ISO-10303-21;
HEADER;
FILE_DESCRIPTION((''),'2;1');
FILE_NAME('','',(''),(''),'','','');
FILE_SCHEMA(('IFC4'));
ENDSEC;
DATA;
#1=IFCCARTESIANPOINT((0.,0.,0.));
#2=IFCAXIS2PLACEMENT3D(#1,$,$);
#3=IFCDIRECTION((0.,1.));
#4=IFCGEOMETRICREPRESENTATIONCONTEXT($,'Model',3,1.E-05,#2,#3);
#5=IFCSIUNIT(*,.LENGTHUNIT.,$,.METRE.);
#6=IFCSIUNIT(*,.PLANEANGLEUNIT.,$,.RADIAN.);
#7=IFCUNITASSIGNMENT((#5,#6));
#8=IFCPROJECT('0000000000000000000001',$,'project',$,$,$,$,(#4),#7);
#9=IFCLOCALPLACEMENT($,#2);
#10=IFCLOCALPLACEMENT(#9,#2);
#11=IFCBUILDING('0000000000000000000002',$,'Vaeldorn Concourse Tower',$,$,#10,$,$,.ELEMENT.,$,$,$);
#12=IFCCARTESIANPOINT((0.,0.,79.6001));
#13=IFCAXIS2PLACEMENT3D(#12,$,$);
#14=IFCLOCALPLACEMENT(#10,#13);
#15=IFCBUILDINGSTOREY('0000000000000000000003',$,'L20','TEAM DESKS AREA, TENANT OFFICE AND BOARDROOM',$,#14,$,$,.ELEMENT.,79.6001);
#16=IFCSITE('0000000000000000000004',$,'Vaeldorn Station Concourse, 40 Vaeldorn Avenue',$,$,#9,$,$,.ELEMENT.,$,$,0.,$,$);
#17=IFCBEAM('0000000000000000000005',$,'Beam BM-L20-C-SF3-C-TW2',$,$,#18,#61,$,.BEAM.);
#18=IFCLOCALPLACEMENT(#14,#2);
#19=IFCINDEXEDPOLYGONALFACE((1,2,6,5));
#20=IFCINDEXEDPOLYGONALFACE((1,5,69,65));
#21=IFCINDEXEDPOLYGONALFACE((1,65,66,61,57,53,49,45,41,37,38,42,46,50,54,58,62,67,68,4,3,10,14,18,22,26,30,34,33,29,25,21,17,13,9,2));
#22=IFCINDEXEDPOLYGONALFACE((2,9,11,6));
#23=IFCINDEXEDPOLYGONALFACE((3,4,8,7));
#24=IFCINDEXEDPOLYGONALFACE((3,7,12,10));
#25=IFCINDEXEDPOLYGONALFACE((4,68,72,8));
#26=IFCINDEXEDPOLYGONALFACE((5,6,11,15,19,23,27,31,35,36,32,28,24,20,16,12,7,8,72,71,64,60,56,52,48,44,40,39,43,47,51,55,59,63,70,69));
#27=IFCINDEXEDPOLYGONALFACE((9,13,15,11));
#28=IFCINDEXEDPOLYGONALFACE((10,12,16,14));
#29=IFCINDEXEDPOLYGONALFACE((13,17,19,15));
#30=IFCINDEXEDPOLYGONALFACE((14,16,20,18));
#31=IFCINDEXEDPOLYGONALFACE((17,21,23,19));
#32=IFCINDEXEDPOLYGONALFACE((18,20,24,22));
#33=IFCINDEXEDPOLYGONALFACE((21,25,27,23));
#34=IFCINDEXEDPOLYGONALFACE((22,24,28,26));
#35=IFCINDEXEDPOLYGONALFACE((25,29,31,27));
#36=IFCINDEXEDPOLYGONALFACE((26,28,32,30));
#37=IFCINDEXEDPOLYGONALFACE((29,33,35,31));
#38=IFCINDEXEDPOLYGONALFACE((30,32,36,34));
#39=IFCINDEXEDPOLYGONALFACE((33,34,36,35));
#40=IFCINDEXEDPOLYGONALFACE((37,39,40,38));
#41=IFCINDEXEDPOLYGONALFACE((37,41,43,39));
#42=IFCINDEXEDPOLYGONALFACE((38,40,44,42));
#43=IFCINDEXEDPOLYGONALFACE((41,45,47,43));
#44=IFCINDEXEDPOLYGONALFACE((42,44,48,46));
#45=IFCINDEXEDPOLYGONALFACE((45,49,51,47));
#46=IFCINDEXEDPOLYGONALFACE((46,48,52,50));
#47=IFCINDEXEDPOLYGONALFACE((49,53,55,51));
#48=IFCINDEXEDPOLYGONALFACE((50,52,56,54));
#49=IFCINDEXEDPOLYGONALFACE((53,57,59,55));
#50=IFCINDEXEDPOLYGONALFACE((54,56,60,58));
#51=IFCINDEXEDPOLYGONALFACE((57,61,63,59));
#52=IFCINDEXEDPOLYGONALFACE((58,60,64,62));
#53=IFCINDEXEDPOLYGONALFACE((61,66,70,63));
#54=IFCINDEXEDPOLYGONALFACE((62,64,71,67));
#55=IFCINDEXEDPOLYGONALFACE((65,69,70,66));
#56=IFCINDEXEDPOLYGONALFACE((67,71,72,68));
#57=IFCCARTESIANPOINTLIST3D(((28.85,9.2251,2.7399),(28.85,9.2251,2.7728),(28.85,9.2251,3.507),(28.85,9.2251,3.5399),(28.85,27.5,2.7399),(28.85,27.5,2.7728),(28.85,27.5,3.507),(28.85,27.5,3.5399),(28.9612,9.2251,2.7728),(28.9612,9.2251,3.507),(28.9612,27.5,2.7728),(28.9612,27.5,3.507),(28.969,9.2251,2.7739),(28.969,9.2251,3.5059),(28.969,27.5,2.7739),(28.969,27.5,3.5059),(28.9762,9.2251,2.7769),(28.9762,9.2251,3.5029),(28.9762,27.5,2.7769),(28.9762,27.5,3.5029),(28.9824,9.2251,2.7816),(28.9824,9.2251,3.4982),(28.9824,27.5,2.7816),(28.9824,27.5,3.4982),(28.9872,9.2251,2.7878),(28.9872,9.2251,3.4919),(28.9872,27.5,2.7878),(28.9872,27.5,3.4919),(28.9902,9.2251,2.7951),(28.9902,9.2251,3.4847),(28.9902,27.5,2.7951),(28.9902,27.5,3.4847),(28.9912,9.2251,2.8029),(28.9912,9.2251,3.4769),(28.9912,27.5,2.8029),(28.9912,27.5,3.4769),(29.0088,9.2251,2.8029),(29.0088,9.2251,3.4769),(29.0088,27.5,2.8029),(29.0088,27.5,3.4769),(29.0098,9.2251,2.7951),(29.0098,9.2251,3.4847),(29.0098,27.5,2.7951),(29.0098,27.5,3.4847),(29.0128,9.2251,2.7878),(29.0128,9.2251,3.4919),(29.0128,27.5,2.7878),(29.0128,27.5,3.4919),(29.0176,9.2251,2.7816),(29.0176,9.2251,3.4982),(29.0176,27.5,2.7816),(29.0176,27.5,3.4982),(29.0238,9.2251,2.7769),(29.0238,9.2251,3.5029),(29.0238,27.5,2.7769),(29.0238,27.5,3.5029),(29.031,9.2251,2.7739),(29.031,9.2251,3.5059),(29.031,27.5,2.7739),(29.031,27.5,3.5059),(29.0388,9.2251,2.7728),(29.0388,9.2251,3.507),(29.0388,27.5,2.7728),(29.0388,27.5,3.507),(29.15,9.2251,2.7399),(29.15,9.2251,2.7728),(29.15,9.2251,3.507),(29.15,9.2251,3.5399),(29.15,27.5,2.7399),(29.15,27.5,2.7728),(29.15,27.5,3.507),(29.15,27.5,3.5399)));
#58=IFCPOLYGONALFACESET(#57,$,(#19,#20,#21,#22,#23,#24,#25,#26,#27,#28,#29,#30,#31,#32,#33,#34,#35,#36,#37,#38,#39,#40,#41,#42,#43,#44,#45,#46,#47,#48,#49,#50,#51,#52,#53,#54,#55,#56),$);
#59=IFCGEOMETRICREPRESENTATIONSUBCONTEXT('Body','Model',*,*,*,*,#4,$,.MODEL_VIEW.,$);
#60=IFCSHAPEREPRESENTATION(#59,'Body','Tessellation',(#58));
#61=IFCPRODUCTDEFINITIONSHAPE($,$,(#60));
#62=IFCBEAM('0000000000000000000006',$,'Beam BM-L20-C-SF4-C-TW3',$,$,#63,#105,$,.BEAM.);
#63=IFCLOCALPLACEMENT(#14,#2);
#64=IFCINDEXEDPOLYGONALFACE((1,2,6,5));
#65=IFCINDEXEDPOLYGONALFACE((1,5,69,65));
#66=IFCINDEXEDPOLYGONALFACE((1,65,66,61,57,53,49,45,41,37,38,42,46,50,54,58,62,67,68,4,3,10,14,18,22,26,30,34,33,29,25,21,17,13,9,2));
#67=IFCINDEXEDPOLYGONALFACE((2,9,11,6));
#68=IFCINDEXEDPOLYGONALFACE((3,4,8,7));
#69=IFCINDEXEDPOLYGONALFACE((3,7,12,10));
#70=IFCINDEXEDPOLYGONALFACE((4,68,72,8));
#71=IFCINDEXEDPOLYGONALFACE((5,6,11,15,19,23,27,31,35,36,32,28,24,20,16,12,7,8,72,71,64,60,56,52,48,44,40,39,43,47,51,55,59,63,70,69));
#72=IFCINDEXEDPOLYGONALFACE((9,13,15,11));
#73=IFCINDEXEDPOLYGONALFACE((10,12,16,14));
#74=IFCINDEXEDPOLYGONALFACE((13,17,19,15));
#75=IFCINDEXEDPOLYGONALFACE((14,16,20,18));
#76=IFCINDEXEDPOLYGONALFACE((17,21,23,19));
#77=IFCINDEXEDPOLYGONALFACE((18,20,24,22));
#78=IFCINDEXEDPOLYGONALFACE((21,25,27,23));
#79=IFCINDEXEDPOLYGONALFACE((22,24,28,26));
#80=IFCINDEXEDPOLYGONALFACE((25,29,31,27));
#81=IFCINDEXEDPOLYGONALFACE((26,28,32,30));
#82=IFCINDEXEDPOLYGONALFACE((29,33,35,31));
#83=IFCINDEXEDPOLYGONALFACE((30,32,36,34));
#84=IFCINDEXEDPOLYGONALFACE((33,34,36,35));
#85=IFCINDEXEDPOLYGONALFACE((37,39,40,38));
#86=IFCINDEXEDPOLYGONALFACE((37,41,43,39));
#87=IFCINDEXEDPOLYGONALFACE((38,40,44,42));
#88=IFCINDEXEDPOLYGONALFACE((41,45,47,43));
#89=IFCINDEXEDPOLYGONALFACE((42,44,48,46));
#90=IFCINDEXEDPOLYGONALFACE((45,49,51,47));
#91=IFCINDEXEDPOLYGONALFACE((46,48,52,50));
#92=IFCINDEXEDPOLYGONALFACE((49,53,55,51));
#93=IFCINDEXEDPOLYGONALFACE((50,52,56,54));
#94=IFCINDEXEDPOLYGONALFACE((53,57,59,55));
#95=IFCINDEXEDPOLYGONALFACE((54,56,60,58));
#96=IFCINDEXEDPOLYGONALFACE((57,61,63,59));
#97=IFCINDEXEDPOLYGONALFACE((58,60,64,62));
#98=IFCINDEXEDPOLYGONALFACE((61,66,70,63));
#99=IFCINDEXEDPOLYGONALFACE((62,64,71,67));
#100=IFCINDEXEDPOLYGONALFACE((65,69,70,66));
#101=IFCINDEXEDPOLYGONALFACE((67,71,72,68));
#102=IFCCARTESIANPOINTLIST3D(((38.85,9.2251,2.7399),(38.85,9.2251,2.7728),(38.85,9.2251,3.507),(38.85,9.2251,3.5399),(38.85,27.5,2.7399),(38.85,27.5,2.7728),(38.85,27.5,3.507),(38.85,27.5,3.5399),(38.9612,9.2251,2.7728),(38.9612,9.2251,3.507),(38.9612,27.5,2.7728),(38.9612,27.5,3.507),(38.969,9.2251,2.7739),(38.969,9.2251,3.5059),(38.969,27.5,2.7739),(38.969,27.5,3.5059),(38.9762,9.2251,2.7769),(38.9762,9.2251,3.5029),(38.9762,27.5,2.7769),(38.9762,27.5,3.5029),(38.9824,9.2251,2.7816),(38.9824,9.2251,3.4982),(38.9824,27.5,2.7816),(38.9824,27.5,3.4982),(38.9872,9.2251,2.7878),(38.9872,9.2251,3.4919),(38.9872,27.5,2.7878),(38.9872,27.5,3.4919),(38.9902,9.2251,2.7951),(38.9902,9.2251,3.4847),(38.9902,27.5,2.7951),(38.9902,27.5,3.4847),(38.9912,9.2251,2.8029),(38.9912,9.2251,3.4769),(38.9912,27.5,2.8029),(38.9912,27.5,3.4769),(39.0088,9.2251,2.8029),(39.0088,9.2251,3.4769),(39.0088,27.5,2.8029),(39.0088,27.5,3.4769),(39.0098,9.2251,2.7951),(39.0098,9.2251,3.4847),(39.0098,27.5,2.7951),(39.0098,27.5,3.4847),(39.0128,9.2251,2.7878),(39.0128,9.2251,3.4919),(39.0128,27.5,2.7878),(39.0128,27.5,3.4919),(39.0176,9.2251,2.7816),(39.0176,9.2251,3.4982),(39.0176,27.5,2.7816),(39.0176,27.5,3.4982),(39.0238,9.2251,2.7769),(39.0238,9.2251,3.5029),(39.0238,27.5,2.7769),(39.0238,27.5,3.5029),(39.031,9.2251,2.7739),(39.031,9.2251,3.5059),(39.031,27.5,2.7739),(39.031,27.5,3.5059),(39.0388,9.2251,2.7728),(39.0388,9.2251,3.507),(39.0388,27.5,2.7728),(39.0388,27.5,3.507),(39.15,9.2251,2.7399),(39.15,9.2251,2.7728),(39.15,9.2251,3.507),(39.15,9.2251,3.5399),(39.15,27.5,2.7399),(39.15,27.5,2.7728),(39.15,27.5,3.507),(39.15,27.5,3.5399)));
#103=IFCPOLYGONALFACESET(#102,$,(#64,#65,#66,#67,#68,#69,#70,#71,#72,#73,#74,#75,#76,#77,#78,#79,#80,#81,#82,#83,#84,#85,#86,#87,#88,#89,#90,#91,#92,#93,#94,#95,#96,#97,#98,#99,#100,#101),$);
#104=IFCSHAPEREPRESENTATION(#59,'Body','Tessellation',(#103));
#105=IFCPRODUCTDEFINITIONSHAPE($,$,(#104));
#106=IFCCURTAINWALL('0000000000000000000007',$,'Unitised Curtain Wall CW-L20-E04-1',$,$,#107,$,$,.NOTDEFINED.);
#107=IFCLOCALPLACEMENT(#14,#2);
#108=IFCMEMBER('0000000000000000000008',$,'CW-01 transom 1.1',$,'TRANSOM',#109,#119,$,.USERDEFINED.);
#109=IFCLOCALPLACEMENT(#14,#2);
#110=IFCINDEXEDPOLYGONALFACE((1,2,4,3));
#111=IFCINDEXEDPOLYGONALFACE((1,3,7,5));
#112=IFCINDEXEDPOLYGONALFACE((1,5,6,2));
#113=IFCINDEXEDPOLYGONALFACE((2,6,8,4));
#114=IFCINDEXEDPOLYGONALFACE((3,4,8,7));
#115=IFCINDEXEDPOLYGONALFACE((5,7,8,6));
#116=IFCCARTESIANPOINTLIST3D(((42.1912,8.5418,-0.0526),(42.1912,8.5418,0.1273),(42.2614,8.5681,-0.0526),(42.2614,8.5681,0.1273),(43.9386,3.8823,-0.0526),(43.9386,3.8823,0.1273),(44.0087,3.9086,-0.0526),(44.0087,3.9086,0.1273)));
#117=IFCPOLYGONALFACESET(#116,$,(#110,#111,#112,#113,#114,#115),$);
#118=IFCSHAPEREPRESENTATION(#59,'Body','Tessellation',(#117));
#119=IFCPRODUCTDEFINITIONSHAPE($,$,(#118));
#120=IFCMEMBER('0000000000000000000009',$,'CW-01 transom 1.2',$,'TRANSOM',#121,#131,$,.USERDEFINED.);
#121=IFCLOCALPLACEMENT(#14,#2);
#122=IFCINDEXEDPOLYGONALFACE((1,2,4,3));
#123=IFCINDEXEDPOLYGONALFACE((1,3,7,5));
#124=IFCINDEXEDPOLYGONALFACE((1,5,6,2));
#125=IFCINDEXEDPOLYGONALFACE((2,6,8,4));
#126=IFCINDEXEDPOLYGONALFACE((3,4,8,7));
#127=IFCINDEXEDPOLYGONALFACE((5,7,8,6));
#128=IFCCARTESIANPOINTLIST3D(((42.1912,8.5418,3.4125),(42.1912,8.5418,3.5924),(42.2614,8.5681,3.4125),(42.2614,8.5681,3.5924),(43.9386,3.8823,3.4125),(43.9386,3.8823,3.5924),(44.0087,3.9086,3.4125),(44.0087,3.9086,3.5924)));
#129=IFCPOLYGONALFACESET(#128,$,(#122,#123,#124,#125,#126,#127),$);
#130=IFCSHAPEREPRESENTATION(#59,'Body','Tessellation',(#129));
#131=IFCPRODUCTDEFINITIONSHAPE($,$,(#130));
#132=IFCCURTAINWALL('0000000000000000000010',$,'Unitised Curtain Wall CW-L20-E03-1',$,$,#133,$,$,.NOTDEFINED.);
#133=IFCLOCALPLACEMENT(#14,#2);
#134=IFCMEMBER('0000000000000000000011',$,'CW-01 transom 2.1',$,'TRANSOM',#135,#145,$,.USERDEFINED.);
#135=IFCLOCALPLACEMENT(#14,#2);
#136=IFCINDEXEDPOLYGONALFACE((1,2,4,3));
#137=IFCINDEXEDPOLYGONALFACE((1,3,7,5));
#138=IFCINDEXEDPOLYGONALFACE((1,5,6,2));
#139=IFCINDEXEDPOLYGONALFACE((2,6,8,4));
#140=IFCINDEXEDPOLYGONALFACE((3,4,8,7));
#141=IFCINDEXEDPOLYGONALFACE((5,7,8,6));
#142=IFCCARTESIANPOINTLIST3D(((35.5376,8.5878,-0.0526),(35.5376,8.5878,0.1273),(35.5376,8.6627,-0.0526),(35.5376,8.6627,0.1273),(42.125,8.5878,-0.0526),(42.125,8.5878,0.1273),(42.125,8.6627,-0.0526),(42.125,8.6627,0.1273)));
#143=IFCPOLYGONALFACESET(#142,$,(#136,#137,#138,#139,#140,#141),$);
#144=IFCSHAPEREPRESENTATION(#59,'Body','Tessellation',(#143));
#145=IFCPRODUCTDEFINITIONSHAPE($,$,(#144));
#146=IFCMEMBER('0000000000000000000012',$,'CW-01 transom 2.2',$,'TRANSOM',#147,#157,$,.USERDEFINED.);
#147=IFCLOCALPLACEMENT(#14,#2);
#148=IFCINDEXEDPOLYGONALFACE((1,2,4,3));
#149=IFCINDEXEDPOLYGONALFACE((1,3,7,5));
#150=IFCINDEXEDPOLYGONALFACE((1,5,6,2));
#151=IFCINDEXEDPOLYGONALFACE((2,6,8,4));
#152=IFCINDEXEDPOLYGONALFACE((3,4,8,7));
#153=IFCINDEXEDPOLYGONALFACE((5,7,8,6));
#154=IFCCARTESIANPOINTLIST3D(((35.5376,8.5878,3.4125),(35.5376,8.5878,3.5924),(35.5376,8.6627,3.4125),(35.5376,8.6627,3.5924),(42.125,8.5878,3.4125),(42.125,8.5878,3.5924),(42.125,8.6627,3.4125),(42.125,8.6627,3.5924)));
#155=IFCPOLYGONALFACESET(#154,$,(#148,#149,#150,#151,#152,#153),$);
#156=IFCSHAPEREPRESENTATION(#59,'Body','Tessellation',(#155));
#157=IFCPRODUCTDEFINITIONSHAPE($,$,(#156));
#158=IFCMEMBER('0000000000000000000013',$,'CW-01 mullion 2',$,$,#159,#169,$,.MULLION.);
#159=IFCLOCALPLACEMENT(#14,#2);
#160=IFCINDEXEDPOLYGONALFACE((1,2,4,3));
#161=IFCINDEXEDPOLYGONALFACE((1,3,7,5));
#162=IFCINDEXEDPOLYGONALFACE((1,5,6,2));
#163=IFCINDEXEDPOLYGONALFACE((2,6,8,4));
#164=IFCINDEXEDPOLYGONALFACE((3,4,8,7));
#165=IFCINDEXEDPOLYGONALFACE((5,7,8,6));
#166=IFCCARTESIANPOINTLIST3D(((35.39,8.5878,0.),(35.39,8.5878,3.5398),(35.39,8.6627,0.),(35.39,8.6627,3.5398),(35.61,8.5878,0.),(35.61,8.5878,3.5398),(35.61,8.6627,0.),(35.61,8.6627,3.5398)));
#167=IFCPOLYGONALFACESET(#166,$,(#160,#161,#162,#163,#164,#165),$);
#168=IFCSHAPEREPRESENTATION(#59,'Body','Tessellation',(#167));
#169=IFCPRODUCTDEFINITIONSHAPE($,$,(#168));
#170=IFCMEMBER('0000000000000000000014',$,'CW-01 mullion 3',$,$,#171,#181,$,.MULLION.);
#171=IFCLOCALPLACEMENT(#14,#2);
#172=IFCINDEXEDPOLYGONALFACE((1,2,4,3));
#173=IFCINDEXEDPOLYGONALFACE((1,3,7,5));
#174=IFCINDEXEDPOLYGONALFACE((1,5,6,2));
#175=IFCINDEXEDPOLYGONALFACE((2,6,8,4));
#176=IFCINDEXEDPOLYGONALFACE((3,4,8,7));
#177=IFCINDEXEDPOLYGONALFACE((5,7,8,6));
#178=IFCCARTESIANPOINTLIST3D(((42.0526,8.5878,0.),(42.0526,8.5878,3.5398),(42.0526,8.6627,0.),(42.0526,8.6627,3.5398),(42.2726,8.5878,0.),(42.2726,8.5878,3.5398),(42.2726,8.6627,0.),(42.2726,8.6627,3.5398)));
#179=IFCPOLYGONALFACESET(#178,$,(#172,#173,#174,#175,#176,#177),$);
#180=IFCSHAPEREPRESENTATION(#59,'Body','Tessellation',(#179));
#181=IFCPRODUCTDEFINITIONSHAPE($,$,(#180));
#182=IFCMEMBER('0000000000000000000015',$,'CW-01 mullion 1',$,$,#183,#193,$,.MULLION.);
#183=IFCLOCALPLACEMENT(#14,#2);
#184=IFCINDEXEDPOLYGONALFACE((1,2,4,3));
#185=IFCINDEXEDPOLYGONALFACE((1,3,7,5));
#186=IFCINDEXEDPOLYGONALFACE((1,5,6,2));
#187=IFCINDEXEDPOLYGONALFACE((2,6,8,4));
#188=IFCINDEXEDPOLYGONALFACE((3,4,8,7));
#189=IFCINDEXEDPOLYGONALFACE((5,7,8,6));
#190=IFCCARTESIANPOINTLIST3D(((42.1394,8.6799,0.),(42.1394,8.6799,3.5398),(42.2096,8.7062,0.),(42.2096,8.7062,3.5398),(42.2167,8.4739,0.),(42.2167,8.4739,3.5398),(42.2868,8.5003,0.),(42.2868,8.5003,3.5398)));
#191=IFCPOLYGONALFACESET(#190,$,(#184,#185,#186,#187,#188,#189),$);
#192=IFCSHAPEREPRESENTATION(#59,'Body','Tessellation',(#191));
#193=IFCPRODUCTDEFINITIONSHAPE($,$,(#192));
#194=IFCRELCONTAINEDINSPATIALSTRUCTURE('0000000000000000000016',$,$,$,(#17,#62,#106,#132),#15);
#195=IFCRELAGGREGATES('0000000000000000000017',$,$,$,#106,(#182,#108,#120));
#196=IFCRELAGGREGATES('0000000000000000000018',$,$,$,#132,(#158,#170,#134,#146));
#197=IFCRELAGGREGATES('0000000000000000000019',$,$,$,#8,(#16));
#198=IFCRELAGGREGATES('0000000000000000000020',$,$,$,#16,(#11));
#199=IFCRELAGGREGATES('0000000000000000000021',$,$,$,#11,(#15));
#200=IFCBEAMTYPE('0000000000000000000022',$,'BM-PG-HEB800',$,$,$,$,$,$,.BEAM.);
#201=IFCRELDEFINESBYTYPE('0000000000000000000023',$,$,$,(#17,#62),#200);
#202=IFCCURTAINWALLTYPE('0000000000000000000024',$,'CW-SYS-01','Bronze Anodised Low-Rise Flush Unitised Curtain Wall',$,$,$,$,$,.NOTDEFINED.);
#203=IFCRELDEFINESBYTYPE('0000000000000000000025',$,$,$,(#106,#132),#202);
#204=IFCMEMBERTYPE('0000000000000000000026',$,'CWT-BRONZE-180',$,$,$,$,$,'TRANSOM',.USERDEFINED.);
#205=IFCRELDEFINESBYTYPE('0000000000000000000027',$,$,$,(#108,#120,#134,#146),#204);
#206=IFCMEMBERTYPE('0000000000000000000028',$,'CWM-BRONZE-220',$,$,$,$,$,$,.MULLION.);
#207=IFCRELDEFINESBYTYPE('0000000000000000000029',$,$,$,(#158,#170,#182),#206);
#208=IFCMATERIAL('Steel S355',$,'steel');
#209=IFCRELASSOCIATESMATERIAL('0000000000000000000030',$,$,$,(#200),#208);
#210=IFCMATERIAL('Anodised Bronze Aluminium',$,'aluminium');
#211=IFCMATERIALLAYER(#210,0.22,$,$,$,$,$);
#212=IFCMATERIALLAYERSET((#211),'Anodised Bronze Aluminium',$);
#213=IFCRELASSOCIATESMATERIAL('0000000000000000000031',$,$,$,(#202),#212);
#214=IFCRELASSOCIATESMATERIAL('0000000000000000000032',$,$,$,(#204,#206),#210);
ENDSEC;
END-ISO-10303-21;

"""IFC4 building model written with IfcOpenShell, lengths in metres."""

from ifc_helpers import new_model, si_unit, direction, frame, origin, origin_2d, place, context, subcontext, project, spatial, rectangle, i_section, extrude, source, transform, mapped, material, layer, layer_set, material_profile, profile_set, type_object, element, aggregate, save


model = new_model("IFC4")

# Units and contexts
model_context = context("Model", 3, precision=1e-05, world=origin(), true_north=direction((0.0, 1.0)))
body_context = subcontext(model_context, "Body", "Model", "MODEL_VIEW")
ifc_project = project(units=[si_unit("LENGTHUNIT", "METRE"), si_unit("PLANEANGLEUNIT", "RADIAN")], contexts=[model_context])

# Site, building, storey
site_placement = place(None, origin())
site = spatial("IfcSite", under=ifc_project, at=site_placement, Name="Vaeldorn Station Concourse, 40 Vaeldorn Avenue", CompositionType="ELEMENT", RefElevation=0.0)
building_placement = place(site_placement, origin())
building = spatial("IfcBuilding", under=site, at=building_placement, Name="Vaeldorn Concourse Tower", CompositionType="ELEMENT")
storey_placement = place(building_placement, frame((0.0, 0.0, 79.6001)))
storey = spatial("IfcBuildingStorey", under=building, at=storey_placement, Name="L20", Description="TEAM DESKS AREA, TENANT OFFICE AND BOARDROOM", CompositionType="ELEMENT", Elevation=79.6001)

# Beams
ifc_material_1 = material(Name="Steel S355", Category="steel")
ifc_material_profile_1 = material_profile(ifc_material_1, i_section(OverallWidth=0.3, OverallDepth=0.8, WebThickness=0.0176, FlangeThickness=0.033, FilletRadius=0.03, at=origin_2d()), Name="HEB 800")
ifc_profile_set_1 = profile_set([ifc_material_profile_1], Name="Steel S355")
beam_type_1 = type_object("IfcBeamType", Name="BM-PG-HEB800", PredefinedType="BEAM", material=ifc_profile_set_1)
shared_shape_1 = source(origin(), body_context, "Body", "SweptSolid", [
    extrude(i_section(OverallWidth=0.3, OverallDepth=0.8, WebThickness=0.0176, FlangeThickness=0.033, FilletRadius=0.03, at=origin_2d()), origin(), (0.0, 0.0, 1.0), 18.2749),
])
for number, where, z_axis, x_axis, name in (
    (1, (29.0, 9.2251, 3.1399), (0.0, 1.0, 0.0), (-1.0, 0.0, 0.0), "Beam BM-L20-C-SF3-C-TW2"),
    (2, (39.0, 9.2251, 3.1399), (0.0, 1.0, 0.0), (-1.0, 0.0, 0.0), "Beam BM-L20-C-SF4-C-TW3"),
):
    element("IfcBeam", number, at=place(storey_placement, frame(where, z_axis=z_axis, x_axis=x_axis)), inside=storey, type_object=beam_type_1, Name=name, PredefinedType="BEAM", context=body_context, shape_type="MappedRepresentation", body=[
        mapped(shared_shape_1, transform((0.0, 0.0, 0.0), scale=1.0)),
    ])

# Curtain walls, members
ifc_material_2 = material(Name="Anodised Bronze Aluminium", Category="aluminium")
ifc_layer_1 = layer(ifc_material_2, 0.22)
ifc_layer_set_1 = layer_set([ifc_layer_1], Name="Anodised Bronze Aluminium")
curtain_wall_type = type_object("IfcCurtainWallType", Name="CW-SYS-01", Description="Bronze Anodised Low-Rise Flush Unitised Curtain Wall", PredefinedType="NOTDEFINED", material=ifc_layer_set_1)
curtain_wall_1_placement = place(storey_placement, origin())
curtain_wall_1 = element("IfcCurtainWall", 3, at=curtain_wall_1_placement, inside=storey, type_object=curtain_wall_type, Name="Unitised Curtain Wall CW-L20-E04-1", PredefinedType="NOTDEFINED")
ifc_material_profile_2 = material_profile(ifc_material_2, rectangle(XDim=0.075, YDim=0.1799, at=origin_2d()), Name="CWT 75x180")
ifc_profile_set_2 = profile_set([ifc_material_profile_2], Name="Anodised Bronze Aluminium")
member_type_1 = type_object("IfcMemberType", Name="CWT-BRONZE-180", ElementType="TRANSOM", PredefinedType="USERDEFINED", material=ifc_profile_set_2)
shared_shape_2 = source(origin(), body_context, "Body", "SweptSolid", [
    extrude(rectangle(XDim=0.075, YDim=0.1799, at=origin_2d()), origin(), (0.0, 0.0, 1.0), 4.9763),
])
member_1_placement = place(storey_placement, frame((42.2263, 8.5549, 0.0374), z_axis=(0.351129, -0.936327, 0.0), x_axis=(0.936327, 0.351129, 0.0)))
member_1 = element("IfcMember", 4, at=member_1_placement, type_object=member_type_1, Name="CW-01 transom 1.1", ObjectType="TRANSOM", PredefinedType="USERDEFINED", context=body_context, shape_type="MappedRepresentation", body=[
    mapped(shared_shape_2, transform((0.0, 0.0, 0.0), scale=1.0)),
])
member_2_placement = place(storey_placement, frame((42.2263, 8.5549, 3.5024), z_axis=(0.351129, -0.936327, 0.0), x_axis=(0.936327, 0.351129, 0.0)))
member_2 = element("IfcMember", 5, at=member_2_placement, type_object=member_type_1, Name="CW-01 transom 1.2", ObjectType="TRANSOM", PredefinedType="USERDEFINED", context=body_context, shape_type="MappedRepresentation", body=[
    mapped(shared_shape_2, transform((0.0, 0.0, 0.0), scale=1.0)),
])
curtain_wall_2_placement = place(storey_placement, origin())
curtain_wall_2 = element("IfcCurtainWall", 6, at=curtain_wall_2_placement, inside=storey, type_object=curtain_wall_type, Name="Unitised Curtain Wall CW-L20-E03-1", PredefinedType="NOTDEFINED")
shared_shape_3 = source(origin(), body_context, "Body", "SweptSolid", [
    extrude(rectangle(XDim=0.075, YDim=0.1799, at=origin_2d()), origin(), (0.0, 0.0, 1.0), 6.5874),
])
member_3_placement = place(storey_placement, frame((35.5376, 8.6252, 0.0374), z_axis=(1.0, 0.0, 0.0), x_axis=(0.0, 1.0, 0.0)))
member_3 = element("IfcMember", 7, at=member_3_placement, type_object=member_type_1, Name="CW-01 transom 2.1", ObjectType="TRANSOM", PredefinedType="USERDEFINED", context=body_context, shape_type="MappedRepresentation", body=[
    mapped(shared_shape_3, transform((0.0, 0.0, 0.0), scale=1.0)),
])
member_4_placement = place(storey_placement, frame((35.5376, 8.6252, 3.5024), z_axis=(1.0, 0.0, 0.0), x_axis=(0.0, 1.0, 0.0)))
member_4 = element("IfcMember", 8, at=member_4_placement, type_object=member_type_1, Name="CW-01 transom 2.2", ObjectType="TRANSOM", PredefinedType="USERDEFINED", context=body_context, shape_type="MappedRepresentation", body=[
    mapped(shared_shape_3, transform((0.0, 0.0, 0.0), scale=1.0)),
])
ifc_material_profile_3 = material_profile(ifc_material_2, rectangle(XDim=0.075, YDim=0.22, at=origin_2d()), Name="CWM 75x220")
ifc_profile_set_3 = profile_set([ifc_material_profile_3], Name="Anodised Bronze Aluminium")
member_type_2 = type_object("IfcMemberType", Name="CWM-BRONZE-220", PredefinedType="MULLION", material=ifc_profile_set_3)
shared_shape_4 = source(origin(), body_context, "Body", "SweptSolid", [
    extrude(rectangle(XDim=0.075, YDim=0.22, at=origin_2d()), origin(), (0.0, 0.0, 1.0), 3.5398),
])
member_5_placement = place(storey_placement, frame((35.5, 8.6252, 0.0), z_axis=(0.0, 0.0, 1.0), x_axis=(0.0, 1.0, 0.0)))
member_5 = element("IfcMember", 9, at=member_5_placement, type_object=member_type_2, Name="CW-01 mullion 2", PredefinedType="MULLION", context=body_context, shape_type="MappedRepresentation", body=[
    mapped(shared_shape_4, transform((0.0, 0.0, 0.0), scale=1.0)),
])
member_6_placement = place(storey_placement, frame((42.1626, 8.6252, 0.0), z_axis=(0.0, 0.0, 1.0), x_axis=(0.0, 1.0, 0.0)))
member_6 = element("IfcMember", 10, at=member_6_placement, type_object=member_type_2, Name="CW-01 mullion 3", PredefinedType="MULLION", context=body_context, shape_type="MappedRepresentation", body=[
    mapped(shared_shape_4, transform((0.0, 0.0, 0.0), scale=1.0)),
])

# Member
member_7_placement = place(storey_placement, frame((42.2131, 8.5901, 0.0), z_axis=(0.0, 0.0, 1.0), x_axis=(0.936329, 0.351123, 0.0)))
member_7 = element("IfcMember", 11, at=member_7_placement, type_object=member_type_2, Name="CW-01 mullion 1", PredefinedType="MULLION", context=body_context, shape_type="MappedRepresentation", body=[
    mapped(shared_shape_4, transform((0.0, 0.0, 0.0), scale=1.0)),
])

aggregate(curtain_wall_1, [member_7, member_1, member_2])
aggregate(curtain_wall_2, [member_5, member_6, member_3, member_4])

save(model, "model.ifc")
